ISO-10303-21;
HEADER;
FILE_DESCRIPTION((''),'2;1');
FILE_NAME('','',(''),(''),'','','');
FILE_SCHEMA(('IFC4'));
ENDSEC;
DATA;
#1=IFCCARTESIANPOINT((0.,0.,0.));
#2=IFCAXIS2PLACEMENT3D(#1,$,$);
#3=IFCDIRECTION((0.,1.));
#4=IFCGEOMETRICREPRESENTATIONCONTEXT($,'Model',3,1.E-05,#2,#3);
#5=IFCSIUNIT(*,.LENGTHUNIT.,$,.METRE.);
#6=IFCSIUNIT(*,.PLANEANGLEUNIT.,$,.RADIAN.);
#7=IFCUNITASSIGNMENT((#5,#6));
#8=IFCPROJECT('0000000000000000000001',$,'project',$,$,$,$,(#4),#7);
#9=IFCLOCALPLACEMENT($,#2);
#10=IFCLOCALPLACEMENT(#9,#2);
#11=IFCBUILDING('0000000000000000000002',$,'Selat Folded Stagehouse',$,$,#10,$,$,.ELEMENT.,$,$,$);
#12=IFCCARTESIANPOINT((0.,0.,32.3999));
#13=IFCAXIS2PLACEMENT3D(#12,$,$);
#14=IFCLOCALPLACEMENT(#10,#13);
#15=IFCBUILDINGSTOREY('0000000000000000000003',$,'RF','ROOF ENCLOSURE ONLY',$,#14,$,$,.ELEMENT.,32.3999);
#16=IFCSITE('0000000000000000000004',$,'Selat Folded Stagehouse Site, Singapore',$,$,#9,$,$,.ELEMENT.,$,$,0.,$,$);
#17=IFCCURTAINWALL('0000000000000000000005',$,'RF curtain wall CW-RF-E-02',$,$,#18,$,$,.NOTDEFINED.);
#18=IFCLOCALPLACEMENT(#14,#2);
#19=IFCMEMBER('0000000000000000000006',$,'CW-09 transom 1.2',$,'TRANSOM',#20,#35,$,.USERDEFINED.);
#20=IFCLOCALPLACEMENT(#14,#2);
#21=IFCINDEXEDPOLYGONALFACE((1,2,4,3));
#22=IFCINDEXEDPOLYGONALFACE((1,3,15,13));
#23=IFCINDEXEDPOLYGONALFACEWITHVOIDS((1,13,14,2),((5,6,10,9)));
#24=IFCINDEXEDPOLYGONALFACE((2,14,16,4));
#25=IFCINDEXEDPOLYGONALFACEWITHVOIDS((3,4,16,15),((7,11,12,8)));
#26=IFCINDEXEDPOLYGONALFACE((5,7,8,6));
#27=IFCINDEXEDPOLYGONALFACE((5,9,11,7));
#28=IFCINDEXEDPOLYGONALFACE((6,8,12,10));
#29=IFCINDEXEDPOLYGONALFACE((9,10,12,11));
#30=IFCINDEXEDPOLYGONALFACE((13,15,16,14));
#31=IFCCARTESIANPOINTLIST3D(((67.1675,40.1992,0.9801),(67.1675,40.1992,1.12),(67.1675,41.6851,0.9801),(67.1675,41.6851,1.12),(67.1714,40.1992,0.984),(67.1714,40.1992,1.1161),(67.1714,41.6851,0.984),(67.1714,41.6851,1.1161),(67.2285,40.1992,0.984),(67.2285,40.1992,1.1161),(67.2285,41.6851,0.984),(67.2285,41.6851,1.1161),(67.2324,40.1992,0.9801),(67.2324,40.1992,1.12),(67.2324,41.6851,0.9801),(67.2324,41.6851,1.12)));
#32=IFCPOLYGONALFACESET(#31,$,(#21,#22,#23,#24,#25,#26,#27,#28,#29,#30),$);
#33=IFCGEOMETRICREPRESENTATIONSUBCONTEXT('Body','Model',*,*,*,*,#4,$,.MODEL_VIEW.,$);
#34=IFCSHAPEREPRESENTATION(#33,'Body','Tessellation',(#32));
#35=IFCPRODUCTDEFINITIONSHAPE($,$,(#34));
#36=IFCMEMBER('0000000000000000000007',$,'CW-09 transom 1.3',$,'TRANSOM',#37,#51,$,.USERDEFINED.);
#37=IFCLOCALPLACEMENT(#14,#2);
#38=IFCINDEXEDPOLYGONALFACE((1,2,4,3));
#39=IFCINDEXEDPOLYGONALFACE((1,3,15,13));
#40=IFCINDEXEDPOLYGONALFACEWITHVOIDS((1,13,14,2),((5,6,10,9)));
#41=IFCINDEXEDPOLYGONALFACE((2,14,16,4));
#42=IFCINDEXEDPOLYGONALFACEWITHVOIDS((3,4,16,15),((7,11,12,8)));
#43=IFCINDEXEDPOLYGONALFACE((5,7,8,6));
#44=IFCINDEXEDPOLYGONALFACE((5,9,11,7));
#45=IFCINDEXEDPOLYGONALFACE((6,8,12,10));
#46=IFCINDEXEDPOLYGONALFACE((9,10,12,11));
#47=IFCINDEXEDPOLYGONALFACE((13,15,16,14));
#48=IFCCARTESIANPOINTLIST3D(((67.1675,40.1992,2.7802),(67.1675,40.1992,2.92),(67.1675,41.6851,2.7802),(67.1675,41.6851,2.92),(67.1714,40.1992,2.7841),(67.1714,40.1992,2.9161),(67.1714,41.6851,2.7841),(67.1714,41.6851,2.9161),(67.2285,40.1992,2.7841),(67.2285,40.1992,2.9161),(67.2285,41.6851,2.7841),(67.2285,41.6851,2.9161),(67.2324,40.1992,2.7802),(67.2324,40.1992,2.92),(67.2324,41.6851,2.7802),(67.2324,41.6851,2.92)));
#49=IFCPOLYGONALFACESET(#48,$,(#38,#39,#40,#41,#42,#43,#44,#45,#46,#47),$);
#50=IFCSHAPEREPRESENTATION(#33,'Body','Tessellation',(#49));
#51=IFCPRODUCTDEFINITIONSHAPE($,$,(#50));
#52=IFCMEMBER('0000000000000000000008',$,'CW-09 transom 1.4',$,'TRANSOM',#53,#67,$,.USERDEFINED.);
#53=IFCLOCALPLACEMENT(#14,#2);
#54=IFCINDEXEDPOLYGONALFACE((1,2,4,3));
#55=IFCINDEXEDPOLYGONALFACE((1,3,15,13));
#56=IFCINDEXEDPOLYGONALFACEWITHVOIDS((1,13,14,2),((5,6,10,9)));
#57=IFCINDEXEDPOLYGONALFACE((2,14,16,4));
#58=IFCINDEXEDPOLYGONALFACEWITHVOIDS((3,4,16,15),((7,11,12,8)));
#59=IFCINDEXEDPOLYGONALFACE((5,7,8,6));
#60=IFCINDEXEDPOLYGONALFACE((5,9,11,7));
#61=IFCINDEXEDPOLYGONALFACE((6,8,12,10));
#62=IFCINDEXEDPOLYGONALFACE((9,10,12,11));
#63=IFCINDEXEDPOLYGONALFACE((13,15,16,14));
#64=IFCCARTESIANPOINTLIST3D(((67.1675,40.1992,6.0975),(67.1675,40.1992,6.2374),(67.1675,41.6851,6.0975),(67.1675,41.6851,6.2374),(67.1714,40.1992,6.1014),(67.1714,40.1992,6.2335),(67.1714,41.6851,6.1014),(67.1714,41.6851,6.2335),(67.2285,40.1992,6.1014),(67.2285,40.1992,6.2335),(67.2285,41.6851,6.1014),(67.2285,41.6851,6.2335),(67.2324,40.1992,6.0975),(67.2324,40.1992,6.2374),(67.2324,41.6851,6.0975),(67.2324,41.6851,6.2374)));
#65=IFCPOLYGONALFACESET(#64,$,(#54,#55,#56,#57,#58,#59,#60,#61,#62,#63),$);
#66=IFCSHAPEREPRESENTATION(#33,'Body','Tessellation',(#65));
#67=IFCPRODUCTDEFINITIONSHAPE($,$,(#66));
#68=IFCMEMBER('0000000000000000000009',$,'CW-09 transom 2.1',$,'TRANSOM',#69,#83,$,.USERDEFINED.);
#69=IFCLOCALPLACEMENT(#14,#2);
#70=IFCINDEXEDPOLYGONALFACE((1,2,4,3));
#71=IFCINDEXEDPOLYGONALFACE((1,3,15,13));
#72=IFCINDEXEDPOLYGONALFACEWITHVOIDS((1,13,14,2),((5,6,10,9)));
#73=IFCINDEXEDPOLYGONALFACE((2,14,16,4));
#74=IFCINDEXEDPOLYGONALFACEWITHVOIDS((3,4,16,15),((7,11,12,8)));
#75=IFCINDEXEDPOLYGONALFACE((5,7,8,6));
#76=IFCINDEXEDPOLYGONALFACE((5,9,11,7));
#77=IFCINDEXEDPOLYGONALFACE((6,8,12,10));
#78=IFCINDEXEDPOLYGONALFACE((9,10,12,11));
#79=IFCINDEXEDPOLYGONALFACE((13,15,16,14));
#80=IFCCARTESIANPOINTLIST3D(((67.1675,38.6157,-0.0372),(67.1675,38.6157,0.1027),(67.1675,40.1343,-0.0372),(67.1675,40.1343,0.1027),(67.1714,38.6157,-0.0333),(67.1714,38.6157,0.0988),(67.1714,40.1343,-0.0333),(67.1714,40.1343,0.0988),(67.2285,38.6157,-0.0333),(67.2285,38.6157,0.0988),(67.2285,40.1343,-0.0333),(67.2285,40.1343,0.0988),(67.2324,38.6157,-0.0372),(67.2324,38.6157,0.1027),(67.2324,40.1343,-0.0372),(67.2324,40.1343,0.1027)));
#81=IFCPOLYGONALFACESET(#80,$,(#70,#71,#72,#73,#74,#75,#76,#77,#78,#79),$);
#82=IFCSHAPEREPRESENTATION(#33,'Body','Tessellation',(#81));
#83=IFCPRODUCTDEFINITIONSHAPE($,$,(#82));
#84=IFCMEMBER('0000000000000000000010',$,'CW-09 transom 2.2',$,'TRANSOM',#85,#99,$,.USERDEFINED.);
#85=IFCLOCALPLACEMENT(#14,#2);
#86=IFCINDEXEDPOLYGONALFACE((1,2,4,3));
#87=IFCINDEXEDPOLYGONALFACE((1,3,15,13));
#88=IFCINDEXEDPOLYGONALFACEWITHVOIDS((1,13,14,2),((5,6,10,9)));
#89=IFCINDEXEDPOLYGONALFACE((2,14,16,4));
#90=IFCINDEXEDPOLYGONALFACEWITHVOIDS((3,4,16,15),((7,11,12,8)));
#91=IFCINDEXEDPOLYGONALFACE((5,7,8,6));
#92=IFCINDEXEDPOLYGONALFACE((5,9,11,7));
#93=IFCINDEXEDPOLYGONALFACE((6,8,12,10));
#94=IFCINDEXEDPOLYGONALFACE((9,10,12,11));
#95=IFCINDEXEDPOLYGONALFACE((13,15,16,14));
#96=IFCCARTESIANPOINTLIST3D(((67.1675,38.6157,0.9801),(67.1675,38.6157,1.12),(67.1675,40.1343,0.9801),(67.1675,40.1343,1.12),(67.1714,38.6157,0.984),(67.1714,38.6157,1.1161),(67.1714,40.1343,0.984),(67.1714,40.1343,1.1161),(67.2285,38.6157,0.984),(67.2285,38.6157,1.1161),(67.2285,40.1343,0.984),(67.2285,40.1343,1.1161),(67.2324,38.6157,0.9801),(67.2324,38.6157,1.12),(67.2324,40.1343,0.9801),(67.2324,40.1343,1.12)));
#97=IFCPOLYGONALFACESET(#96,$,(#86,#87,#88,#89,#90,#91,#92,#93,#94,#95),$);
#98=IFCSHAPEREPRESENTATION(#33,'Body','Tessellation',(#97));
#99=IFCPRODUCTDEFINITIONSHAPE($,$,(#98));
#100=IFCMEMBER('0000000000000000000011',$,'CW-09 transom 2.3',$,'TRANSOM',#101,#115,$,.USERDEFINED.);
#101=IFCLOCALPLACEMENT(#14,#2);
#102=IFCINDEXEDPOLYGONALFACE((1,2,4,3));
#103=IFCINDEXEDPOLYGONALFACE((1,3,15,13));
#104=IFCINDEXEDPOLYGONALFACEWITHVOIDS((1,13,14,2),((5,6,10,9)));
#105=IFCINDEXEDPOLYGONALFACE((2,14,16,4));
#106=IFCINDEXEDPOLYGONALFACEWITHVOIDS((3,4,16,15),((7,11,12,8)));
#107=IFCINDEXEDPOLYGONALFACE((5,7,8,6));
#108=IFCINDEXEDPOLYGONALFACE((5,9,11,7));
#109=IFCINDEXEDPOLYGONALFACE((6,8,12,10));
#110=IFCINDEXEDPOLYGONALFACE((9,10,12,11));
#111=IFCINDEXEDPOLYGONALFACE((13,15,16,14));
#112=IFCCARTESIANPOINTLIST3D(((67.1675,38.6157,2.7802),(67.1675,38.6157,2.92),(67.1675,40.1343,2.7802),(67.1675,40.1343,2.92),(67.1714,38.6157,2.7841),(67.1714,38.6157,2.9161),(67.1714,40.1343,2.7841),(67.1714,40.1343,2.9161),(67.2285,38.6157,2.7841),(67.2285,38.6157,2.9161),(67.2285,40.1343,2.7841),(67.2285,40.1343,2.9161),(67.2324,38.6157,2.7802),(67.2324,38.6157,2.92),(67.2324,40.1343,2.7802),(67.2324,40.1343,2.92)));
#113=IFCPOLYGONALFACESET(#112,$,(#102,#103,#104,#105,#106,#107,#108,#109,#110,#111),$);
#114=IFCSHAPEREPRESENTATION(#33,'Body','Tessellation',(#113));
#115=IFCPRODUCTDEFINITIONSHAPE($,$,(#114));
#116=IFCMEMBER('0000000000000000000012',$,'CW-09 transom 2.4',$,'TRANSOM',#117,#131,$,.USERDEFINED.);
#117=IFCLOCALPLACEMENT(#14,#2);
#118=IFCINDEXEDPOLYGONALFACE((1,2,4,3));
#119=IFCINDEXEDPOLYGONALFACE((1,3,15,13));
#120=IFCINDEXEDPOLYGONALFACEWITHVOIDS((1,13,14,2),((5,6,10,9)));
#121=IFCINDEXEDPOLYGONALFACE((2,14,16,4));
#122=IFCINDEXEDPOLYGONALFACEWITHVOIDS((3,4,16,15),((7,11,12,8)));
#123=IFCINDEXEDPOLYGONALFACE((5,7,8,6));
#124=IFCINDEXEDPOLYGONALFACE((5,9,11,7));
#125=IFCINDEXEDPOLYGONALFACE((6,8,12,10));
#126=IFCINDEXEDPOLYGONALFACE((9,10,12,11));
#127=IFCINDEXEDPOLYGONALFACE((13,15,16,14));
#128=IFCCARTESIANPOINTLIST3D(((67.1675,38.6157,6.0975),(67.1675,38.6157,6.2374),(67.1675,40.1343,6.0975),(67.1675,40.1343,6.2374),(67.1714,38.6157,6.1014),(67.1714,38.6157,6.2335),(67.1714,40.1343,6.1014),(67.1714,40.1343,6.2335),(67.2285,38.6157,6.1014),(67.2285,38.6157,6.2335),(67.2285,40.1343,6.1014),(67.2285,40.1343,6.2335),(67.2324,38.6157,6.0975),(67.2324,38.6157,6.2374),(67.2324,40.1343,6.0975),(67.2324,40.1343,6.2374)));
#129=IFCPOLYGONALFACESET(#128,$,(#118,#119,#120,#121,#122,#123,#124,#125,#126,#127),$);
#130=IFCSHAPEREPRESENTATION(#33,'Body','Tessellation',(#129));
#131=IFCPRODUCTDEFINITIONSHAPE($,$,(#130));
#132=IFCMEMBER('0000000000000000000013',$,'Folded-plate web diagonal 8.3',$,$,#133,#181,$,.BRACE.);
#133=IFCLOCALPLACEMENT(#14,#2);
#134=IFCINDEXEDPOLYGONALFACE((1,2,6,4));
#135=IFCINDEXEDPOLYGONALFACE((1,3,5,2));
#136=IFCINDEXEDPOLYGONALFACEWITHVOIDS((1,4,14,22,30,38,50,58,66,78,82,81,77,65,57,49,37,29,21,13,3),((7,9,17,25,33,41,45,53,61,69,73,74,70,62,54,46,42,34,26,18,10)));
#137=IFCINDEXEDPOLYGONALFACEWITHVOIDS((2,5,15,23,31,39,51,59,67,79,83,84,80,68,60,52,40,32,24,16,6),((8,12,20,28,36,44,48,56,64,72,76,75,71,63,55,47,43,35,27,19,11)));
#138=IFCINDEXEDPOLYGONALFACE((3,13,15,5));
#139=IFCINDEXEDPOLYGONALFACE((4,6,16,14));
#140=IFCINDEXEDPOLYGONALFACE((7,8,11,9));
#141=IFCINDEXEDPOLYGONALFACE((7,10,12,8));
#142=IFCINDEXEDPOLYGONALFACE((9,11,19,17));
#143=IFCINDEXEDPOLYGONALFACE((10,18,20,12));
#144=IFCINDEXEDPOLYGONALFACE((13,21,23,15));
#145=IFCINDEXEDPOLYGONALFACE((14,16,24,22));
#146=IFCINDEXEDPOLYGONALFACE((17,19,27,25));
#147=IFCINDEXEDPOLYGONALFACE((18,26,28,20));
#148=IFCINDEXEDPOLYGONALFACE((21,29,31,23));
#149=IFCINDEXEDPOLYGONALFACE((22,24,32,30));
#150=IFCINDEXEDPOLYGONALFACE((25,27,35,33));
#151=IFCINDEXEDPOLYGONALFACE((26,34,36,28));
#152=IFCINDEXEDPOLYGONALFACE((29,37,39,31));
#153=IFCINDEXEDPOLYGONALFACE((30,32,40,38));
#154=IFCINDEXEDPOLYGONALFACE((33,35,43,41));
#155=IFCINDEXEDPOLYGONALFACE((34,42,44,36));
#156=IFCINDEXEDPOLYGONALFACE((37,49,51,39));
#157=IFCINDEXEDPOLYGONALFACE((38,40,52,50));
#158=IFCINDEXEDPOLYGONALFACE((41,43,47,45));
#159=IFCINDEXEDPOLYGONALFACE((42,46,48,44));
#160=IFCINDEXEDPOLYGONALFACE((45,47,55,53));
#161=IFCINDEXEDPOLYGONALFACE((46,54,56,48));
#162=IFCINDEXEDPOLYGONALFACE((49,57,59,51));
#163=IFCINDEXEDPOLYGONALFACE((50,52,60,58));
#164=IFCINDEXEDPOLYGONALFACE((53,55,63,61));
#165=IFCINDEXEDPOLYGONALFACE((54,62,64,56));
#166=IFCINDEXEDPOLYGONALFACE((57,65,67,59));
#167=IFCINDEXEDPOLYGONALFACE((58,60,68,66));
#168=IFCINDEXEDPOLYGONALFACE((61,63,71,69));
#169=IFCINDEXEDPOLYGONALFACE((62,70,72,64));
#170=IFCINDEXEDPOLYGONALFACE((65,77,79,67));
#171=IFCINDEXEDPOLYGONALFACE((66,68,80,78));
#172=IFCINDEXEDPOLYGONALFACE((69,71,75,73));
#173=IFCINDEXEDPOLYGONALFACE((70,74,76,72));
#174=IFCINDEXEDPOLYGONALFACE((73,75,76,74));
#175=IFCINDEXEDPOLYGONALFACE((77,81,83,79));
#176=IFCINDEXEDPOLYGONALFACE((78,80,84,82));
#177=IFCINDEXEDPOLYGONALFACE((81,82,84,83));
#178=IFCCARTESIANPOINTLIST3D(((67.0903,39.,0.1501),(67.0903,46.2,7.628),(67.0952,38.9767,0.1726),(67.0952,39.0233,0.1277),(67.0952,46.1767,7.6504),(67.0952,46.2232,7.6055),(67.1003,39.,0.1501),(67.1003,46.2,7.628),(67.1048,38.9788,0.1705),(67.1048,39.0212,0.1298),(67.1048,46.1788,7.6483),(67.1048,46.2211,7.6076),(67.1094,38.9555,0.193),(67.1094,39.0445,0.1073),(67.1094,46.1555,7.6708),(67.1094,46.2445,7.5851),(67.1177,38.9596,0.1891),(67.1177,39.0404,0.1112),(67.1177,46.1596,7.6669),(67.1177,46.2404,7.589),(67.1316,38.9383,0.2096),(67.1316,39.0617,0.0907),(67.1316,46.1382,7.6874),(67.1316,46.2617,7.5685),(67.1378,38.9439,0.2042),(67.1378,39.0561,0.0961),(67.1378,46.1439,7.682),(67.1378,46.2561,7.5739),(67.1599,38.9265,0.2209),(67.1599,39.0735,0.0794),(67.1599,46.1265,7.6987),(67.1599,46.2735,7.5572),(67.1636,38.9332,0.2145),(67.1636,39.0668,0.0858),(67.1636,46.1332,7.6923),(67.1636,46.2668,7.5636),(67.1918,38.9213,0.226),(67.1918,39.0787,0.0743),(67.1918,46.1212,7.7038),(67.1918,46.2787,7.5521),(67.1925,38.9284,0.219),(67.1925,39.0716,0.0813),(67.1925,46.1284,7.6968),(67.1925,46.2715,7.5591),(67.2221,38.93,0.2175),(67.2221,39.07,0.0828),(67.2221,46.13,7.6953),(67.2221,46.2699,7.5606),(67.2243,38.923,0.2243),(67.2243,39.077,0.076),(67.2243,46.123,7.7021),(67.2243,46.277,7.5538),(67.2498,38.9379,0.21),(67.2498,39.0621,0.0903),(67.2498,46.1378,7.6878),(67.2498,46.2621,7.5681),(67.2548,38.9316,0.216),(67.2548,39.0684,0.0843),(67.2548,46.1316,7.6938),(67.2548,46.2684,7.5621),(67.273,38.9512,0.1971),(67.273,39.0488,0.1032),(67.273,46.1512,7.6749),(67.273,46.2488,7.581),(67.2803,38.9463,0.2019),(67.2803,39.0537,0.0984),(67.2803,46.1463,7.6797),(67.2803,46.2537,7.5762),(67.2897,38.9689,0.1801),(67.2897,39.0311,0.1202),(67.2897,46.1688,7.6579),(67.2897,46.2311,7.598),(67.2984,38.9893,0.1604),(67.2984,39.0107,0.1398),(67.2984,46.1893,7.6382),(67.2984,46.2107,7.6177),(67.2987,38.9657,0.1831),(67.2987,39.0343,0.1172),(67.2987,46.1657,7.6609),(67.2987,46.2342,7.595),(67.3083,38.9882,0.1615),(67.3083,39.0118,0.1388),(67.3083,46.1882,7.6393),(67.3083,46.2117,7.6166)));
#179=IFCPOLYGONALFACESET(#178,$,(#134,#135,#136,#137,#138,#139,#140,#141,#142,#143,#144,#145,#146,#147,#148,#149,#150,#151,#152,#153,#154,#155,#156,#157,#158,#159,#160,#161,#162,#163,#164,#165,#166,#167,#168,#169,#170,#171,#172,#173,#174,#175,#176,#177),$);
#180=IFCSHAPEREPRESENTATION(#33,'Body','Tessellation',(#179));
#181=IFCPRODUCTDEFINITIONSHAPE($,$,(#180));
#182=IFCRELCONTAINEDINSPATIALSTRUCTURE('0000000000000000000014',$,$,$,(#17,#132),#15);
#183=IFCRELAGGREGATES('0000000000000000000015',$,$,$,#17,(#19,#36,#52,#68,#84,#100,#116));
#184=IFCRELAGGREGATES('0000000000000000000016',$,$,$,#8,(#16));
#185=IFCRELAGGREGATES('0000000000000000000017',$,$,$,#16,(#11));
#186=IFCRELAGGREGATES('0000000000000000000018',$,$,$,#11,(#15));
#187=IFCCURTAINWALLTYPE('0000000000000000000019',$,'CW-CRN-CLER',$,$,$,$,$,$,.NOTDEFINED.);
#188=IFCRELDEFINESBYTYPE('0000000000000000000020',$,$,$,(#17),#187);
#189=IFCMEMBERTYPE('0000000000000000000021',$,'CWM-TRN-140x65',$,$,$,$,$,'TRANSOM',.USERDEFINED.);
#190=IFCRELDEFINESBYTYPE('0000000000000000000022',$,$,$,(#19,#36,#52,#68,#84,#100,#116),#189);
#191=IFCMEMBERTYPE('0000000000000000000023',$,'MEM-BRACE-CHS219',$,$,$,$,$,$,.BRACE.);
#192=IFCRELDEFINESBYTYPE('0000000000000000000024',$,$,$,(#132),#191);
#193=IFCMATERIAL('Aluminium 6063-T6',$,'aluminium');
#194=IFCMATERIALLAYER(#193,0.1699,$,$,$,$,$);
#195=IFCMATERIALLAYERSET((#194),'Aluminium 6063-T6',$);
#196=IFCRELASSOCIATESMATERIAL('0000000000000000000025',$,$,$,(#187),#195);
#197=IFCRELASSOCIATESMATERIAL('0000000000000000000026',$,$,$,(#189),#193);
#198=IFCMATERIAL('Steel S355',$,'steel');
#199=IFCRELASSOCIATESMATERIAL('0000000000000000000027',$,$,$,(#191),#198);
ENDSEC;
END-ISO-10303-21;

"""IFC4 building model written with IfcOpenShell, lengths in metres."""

from ifc_helpers import new_model, si_unit, direction, frame, origin, origin_2d, place, context, subcontext, project, spatial, hollow_rectangle, hollow_circle, extrude, material, layer, layer_set, material_profile, profile_set, type_object, element, aggregate, save


model = new_model("IFC4")

# Units and contexts
model_context = context("Model", 3, precision=1e-05, world=origin(), true_north=direction((0.0, 1.0)))
body_context = subcontext(model_context, "Body", "Model", "MODEL_VIEW")
ifc_project = project(units=[si_unit("LENGTHUNIT", "METRE"), si_unit("PLANEANGLEUNIT", "RADIAN")], contexts=[model_context])

# Site, building, storey
site_placement = place(None, origin())
site = spatial("IfcSite", under=ifc_project, at=site_placement, Name="Selat Folded Stagehouse Site, Singapore", CompositionType="ELEMENT", RefElevation=0.0)
building_placement = place(site_placement, origin())
building = spatial("IfcBuilding", under=site, at=building_placement, Name="Selat Folded Stagehouse", CompositionType="ELEMENT")
storey_placement = place(building_placement, frame((0.0, 0.0, 32.3999)))
storey = spatial("IfcBuildingStorey", under=building, at=storey_placement, Name="RF", Description="ROOF ENCLOSURE ONLY", CompositionType="ELEMENT", Elevation=32.3999)

# Curtain wall
ifc_material_1 = material(Name="Aluminium 6063-T6", Category="aluminium")
ifc_layer_1 = layer(ifc_material_1, 0.1699)
ifc_layer_set_1 = layer_set([ifc_layer_1], Name="Aluminium 6063-T6")
curtain_wall_type = type_object("IfcCurtainWallType", Name="CW-CRN-CLER", PredefinedType="NOTDEFINED", material=ifc_layer_set_1)
curtain_wall_1_placement = place(storey_placement, origin())
curtain_wall_1 = element("IfcCurtainWall", 1, at=curtain_wall_1_placement, inside=storey, type_object=curtain_wall_type, Name="RF curtain wall CW-RF-E-02", PredefinedType="NOTDEFINED")

# Members
ifc_material_profile_1 = material_profile(ifc_material_1, hollow_rectangle(XDim=0.0649, YDim=0.1399, WallThickness=0.0039, at=origin_2d()), Name="ALU 140x65x4.0")
ifc_profile_set_1 = profile_set([ifc_material_profile_1], Name="Aluminium 6063-T6")
member_type_1 = type_object("IfcMemberType", Name="CWM-TRN-140x65", ElementType="TRANSOM", PredefinedType="USERDEFINED", material=ifc_profile_set_1)
member_1_placement = place(storey_placement, frame((67.2, 41.6851, 1.05), z_axis=(0.0, -1.0, 0.0), x_axis=(1.0, 0.0, 0.0)))
member_1 = element("IfcMember", 2, at=member_1_placement, type_object=member_type_1, Name="CW-09 transom 1.2", ObjectType="TRANSOM", PredefinedType="USERDEFINED", context=body_context, shape_type="SweptSolid", body=[
    extrude(hollow_rectangle(XDim=0.0649, YDim=0.1399, WallThickness=0.0039, at=origin_2d()), origin(), (0.0, 0.0, 1.0), 1.4858),
])
member_2_placement = place(storey_placement, frame((67.2, 41.6851, 2.8501), z_axis=(0.0, -1.0, 0.0), x_axis=(1.0, 0.0, 0.0)))
member_2 = element("IfcMember", 3, at=member_2_placement, type_object=member_type_1, Name="CW-09 transom 1.3", ObjectType="TRANSOM", PredefinedType="USERDEFINED", context=body_context, shape_type="SweptSolid", body=[
    extrude(hollow_rectangle(XDim=0.0649, YDim=0.1399, WallThickness=0.0039, at=origin_2d()), origin(), (0.0, 0.0, 1.0), 1.4858),
])
member_3_placement = place(storey_placement, frame((67.2, 41.6851, 6.1675), z_axis=(0.0, -1.0, 0.0), x_axis=(1.0, 0.0, 0.0)))
member_3 = element("IfcMember", 4, at=member_3_placement, type_object=member_type_1, Name="CW-09 transom 1.4", ObjectType="TRANSOM", PredefinedType="USERDEFINED", context=body_context, shape_type="SweptSolid", body=[
    extrude(hollow_rectangle(XDim=0.0649, YDim=0.1399, WallThickness=0.0039, at=origin_2d()), origin(), (0.0, 0.0, 1.0), 1.4858),
])
member_4_placement = place(storey_placement, frame((67.2, 40.1343, 0.0327), z_axis=(0.0, -1.0, 0.0), x_axis=(1.0, 0.0, 0.0)))
member_4 = element("IfcMember", 5, at=member_4_placement, type_object=member_type_1, Name="CW-09 transom 2.1", ObjectType="TRANSOM", PredefinedType="USERDEFINED", context=body_context, shape_type="SweptSolid", body=[
    extrude(hollow_rectangle(XDim=0.0649, YDim=0.1399, WallThickness=0.0039, at=origin_2d()), origin(), (0.0, 0.0, 1.0), 1.5186),
])
member_5_placement = place(storey_placement, frame((67.2, 40.1343, 1.05), z_axis=(0.0, -1.0, 0.0), x_axis=(1.0, 0.0, 0.0)))
member_5 = element("IfcMember", 6, at=member_5_placement, type_object=member_type_1, Name="CW-09 transom 2.2", ObjectType="TRANSOM", PredefinedType="USERDEFINED", context=body_context, shape_type="SweptSolid", body=[
    extrude(hollow_rectangle(XDim=0.0649, YDim=0.1399, WallThickness=0.0039, at=origin_2d()), origin(), (0.0, 0.0, 1.0), 1.5186),
])
member_6_placement = place(storey_placement, frame((67.2, 40.1343, 2.8501), z_axis=(0.0, -1.0, 0.0), x_axis=(1.0, 0.0, 0.0)))
member_6 = element("IfcMember", 7, at=member_6_placement, type_object=member_type_1, Name="CW-09 transom 2.3", ObjectType="TRANSOM", PredefinedType="USERDEFINED", context=body_context, shape_type="SweptSolid", body=[
    extrude(hollow_rectangle(XDim=0.0649, YDim=0.1399, WallThickness=0.0039, at=origin_2d()), origin(), (0.0, 0.0, 1.0), 1.5186),
])
member_7_placement = place(storey_placement, frame((67.2, 40.1343, 6.1675), z_axis=(0.0, -1.0, 0.0), x_axis=(1.0, 0.0, 0.0)))
member_7 = element("IfcMember", 8, at=member_7_placement, type_object=member_type_1, Name="CW-09 transom 2.4", ObjectType="TRANSOM", PredefinedType="USERDEFINED", context=body_context, shape_type="SweptSolid", body=[
    extrude(hollow_rectangle(XDim=0.0649, YDim=0.1399, WallThickness=0.0039, at=origin_2d()), origin(), (0.0, 0.0, 1.0), 1.5186),
])

# Member
ifc_material_2 = material(Name="Steel S355", Category="steel")
ifc_material_profile_2 = material_profile(ifc_material_2, hollow_circle(Radius=0.1096, WallThickness=0.01, at=origin_2d()), Name="CHS 219.1x10.0")
ifc_profile_set_2 = profile_set([ifc_material_profile_2], Name="Steel S355")
member_type_2 = type_object("IfcMemberType", Name="MEM-BRACE-CHS219", PredefinedType="BRACE", material=ifc_profile_set_2)
member_8_placement = place(storey_placement, frame((67.2, 39.0, 0.1501), z_axis=(0.0, 0.693598, 0.720362), x_axis=(-1.0, 0.0, 0.0)))
element("IfcMember", 9, at=member_8_placement, inside=storey, type_object=member_type_2, Name="Folded-plate web diagonal 8.3", PredefinedType="BRACE", context=body_context, shape_type="SweptSolid", body=[
    extrude(hollow_circle(Radius=0.1096, WallThickness=0.01, at=origin_2d()), origin(), (0.0, 0.0, 1.0), 10.3806),
])

aggregate(curtain_wall_1, [member_1, member_2, member_3, member_4, member_5, member_6, member_7])

save(model, "model.ifc")
